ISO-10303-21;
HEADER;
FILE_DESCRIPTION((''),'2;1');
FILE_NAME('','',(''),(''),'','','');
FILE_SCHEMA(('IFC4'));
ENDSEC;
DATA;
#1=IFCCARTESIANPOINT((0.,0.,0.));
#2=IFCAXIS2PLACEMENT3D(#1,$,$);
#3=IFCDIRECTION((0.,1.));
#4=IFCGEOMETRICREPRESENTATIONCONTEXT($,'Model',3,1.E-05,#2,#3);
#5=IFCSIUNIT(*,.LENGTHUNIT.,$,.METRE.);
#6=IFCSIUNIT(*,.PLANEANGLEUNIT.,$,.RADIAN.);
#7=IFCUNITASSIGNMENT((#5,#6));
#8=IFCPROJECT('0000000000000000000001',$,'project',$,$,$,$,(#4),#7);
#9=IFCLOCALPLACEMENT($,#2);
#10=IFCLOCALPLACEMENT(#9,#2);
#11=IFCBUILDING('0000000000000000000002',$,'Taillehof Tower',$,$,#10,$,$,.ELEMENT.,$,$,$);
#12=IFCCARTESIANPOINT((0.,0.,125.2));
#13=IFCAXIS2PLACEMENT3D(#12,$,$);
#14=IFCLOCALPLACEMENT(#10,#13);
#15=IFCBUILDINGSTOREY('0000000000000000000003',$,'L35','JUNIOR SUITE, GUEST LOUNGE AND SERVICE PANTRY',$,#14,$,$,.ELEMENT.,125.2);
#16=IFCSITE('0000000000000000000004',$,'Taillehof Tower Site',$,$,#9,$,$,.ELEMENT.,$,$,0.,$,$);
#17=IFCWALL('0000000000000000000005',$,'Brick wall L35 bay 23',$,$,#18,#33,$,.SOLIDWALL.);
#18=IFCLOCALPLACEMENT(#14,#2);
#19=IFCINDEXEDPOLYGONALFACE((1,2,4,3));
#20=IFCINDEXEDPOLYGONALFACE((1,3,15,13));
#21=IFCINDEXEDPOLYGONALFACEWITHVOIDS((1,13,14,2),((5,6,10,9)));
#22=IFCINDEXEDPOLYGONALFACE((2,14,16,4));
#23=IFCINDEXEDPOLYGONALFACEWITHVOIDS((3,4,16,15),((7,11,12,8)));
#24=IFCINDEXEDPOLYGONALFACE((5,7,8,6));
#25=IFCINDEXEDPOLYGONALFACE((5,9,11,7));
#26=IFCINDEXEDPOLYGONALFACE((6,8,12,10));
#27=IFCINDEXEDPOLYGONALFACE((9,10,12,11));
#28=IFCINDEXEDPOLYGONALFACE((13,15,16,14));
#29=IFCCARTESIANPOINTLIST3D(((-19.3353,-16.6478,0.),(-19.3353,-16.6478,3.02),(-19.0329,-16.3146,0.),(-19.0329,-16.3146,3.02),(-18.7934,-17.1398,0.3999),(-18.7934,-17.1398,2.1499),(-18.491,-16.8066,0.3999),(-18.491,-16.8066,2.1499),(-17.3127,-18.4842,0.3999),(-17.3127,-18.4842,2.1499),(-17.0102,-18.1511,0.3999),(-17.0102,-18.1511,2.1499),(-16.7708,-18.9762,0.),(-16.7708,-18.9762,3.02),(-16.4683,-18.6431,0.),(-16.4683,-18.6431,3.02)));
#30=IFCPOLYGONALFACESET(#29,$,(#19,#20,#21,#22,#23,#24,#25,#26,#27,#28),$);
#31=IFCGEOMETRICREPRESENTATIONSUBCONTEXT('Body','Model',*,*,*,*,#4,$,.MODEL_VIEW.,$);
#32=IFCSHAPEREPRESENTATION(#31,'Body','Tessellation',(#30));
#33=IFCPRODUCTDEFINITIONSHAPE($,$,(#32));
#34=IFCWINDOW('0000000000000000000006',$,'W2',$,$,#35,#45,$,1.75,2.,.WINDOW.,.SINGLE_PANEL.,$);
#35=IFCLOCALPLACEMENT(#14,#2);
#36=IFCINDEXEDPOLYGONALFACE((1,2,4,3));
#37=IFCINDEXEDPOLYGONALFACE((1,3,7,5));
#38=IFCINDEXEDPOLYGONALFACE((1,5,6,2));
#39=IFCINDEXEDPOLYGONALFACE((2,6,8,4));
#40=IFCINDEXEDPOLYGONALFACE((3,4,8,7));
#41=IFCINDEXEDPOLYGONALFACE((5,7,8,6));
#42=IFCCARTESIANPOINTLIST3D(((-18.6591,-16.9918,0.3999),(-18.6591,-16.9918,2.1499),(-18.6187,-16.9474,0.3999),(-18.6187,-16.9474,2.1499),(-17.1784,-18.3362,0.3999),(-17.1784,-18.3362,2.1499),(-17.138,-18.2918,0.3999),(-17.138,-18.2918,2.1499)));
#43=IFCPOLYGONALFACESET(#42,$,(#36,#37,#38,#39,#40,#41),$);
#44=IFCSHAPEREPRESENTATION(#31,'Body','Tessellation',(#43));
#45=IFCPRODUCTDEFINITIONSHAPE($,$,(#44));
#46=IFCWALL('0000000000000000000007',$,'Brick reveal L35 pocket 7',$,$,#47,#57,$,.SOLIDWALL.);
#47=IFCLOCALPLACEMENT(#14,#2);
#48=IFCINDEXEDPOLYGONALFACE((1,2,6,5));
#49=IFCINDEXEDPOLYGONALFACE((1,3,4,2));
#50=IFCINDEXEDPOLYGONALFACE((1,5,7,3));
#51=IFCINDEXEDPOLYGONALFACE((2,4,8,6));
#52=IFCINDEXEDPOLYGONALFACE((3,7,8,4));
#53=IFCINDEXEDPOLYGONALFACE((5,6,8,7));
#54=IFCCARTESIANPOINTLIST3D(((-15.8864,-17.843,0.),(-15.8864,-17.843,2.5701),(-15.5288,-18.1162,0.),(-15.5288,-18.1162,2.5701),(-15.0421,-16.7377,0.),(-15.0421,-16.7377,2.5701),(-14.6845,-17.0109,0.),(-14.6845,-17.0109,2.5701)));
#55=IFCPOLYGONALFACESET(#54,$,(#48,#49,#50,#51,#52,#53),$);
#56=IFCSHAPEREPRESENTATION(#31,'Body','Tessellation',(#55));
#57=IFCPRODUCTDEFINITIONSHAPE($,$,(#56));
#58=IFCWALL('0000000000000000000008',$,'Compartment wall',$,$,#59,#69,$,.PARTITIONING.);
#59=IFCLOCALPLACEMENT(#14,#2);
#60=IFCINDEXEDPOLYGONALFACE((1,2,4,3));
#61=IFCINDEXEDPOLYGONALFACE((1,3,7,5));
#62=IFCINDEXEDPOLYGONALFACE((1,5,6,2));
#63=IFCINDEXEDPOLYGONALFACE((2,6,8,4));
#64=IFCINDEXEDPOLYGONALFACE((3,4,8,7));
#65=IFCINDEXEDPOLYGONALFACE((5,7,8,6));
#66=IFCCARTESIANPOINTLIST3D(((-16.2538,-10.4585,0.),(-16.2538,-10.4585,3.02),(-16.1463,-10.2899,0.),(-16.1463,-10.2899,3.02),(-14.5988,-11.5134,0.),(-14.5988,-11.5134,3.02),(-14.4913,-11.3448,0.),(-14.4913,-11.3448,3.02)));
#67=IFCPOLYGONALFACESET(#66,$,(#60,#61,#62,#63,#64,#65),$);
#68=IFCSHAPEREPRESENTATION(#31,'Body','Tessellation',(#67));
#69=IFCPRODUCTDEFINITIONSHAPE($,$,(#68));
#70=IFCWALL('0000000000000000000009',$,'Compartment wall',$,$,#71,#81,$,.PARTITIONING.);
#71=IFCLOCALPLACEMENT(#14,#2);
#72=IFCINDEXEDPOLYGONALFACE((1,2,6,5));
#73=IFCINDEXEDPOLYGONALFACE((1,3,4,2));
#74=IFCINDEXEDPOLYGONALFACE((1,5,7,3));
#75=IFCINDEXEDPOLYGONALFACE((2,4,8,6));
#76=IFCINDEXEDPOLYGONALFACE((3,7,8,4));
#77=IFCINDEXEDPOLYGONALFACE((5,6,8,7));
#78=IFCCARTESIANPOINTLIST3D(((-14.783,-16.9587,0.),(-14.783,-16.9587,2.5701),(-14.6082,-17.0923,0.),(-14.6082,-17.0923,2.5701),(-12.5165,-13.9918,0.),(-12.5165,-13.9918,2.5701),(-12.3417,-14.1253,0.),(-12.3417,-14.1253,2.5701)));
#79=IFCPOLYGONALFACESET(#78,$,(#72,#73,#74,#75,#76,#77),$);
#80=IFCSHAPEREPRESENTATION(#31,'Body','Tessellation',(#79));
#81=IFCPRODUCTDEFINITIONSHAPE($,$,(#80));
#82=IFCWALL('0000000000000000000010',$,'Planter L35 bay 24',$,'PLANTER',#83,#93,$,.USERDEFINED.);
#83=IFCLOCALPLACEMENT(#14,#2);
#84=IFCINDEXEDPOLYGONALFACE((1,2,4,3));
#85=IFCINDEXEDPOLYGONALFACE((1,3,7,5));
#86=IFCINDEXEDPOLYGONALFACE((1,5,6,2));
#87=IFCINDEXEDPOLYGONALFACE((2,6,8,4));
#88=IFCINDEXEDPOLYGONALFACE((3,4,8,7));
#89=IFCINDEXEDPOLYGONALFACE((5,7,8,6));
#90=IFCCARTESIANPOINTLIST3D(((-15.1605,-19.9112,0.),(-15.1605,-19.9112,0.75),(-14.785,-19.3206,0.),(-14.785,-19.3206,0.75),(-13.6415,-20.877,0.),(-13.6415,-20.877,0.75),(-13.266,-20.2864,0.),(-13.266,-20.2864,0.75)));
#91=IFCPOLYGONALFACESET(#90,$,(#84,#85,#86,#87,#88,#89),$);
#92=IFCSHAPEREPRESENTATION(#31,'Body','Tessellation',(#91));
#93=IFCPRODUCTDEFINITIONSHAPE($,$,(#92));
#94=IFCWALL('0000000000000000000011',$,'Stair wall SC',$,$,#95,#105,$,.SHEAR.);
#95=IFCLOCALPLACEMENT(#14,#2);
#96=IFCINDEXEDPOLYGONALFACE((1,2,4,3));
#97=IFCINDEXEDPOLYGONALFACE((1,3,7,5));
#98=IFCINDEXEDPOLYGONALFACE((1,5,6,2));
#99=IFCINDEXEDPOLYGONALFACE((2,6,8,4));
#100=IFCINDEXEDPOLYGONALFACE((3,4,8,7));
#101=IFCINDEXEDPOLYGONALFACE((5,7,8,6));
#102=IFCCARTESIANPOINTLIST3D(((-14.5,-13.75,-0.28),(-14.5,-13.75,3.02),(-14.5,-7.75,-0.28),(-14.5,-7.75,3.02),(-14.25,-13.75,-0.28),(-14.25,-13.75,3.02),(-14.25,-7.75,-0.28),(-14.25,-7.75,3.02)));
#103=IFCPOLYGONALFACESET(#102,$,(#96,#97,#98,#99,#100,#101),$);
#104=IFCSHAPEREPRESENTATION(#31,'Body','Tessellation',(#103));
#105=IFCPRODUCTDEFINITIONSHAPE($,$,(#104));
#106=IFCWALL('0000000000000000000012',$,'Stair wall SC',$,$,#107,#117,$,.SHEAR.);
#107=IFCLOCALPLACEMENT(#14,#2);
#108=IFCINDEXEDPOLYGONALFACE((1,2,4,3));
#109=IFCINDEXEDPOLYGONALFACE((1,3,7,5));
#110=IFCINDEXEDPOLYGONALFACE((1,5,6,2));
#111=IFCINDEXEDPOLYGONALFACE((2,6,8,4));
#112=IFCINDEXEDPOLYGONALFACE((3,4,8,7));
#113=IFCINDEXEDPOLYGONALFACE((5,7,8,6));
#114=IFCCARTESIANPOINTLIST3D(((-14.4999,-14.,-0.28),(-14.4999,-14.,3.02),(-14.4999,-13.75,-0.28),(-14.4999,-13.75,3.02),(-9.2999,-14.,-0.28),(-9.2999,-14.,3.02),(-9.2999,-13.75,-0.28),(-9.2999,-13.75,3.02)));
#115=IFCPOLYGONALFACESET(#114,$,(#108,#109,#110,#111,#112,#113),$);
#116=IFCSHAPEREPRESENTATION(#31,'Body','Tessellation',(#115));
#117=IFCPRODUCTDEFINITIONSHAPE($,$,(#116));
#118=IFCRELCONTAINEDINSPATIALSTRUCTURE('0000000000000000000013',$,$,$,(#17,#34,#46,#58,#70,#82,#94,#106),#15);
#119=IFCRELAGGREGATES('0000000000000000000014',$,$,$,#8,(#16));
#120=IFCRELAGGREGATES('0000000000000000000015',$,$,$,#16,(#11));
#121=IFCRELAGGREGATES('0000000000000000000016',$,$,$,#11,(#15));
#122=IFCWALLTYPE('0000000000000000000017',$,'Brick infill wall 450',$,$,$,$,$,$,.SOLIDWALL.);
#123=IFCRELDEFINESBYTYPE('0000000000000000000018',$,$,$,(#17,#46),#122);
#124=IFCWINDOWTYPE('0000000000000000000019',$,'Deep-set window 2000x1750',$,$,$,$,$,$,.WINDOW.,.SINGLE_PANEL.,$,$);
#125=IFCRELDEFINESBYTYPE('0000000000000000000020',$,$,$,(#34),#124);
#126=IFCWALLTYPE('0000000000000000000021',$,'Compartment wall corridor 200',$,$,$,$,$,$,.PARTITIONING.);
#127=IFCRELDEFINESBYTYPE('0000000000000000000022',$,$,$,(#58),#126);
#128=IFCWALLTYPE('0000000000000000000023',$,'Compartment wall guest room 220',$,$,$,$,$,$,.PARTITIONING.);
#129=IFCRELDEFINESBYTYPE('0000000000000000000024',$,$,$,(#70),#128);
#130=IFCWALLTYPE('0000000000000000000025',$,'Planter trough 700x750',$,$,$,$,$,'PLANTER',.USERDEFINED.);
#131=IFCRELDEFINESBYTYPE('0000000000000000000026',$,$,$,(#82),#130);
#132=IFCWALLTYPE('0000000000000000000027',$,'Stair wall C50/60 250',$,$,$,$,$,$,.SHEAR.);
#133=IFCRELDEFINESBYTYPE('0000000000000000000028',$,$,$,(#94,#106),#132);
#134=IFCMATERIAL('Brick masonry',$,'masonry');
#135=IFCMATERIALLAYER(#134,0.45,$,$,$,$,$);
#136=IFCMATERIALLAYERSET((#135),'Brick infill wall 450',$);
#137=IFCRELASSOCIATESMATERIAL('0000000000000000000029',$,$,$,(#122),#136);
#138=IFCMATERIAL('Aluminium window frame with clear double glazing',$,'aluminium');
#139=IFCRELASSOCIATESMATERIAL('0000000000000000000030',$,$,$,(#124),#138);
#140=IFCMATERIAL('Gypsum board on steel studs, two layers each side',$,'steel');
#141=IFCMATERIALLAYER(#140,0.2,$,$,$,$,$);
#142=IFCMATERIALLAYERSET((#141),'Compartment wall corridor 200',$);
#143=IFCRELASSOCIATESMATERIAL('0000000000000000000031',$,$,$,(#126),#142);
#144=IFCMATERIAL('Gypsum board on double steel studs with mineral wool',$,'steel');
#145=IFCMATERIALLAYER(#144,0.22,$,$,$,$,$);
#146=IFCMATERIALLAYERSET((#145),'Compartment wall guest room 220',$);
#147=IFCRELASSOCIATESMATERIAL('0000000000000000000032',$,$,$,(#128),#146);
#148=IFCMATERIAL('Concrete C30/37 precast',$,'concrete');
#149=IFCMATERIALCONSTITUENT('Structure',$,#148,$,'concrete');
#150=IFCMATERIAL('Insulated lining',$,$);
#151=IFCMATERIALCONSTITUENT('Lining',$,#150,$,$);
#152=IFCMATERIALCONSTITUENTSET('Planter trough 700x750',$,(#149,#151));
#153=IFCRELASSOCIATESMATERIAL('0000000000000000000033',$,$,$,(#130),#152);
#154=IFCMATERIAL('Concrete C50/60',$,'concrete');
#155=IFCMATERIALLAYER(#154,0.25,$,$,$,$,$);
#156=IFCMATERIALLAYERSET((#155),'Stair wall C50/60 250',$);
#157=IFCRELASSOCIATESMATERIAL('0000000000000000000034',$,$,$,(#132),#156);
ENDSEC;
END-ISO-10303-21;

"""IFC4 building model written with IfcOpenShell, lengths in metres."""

from ifc_helpers import new_model, si_unit, direction, frame, frame_2d, origin, place, context, subcontext, project, spatial, rectangle, extrude, material, layer, layer_set, constituent, constituent_set, type_object, element, fill, save


model = new_model("IFC4")

# Units and contexts
model_context = context("Model", 3, precision=1e-05, world=origin(), true_north=direction((0.0, 1.0)))
body_context = subcontext(model_context, "Body", "Model", "MODEL_VIEW")
ifc_project = project(units=[si_unit("LENGTHUNIT", "METRE"), si_unit("PLANEANGLEUNIT", "RADIAN")], contexts=[model_context])

# Site, building, storey
site_placement = place(None, origin())
site = spatial("IfcSite", under=ifc_project, at=site_placement, Name="Taillehof Tower Site", CompositionType="ELEMENT", RefElevation=0.0)
building_placement = place(site_placement, origin())
building = spatial("IfcBuilding", under=site, at=building_placement, Name="Taillehof Tower", CompositionType="ELEMENT")
storey_placement = place(building_placement, frame((0.0, 0.0, 125.2)))
storey = spatial("IfcBuildingStorey", under=building, at=storey_placement, Name="L35", Description="JUNIOR SUITE, GUEST LOUNGE AND SERVICE PANTRY", CompositionType="ELEMENT", Elevation=125.2)

# Wall, opening, window
ifc_material_1 = material(Name="Brick masonry", Category="masonry")
ifc_layer_1 = layer(ifc_material_1, 0.45)
ifc_layer_set_1 = layer_set([ifc_layer_1], Name="Brick infill wall 450")
wall_type_1 = type_object("IfcWallType", Name="Brick infill wall 450", PredefinedType="SOLIDWALL", material=ifc_layer_set_1)
ifc_material_2 = material(Name="Aluminium window frame with clear double glazing", Category="aluminium")
window_type_1 = type_object("IfcWindowType", Name="Deep-set window 2000x1750", PartitioningType="SINGLE_PANEL", PredefinedType="WINDOW", material=ifc_material_2)
wall_1_placement = place(storey_placement, frame((-19.1841, -16.4812, 0.0), z_axis=(0.0, 0.0, 1.0), x_axis=(0.740364, -0.672206, 0.0)))
wall_1 = element("IfcWall", 1, at=wall_1_placement, inside=storey, type_object=wall_type_1, Name="Brick wall L35 bay 23", PredefinedType="SOLIDWALL", context=body_context, shape_type="SweptSolid", body=[
    extrude(rectangle(XDim=3.4639, YDim=0.45, at=frame_2d((1.7319, 0.0))), origin(), (0.0, 0.0, 1.0), 3.02),
])
opening_1_placement = place(wall_1_placement, frame((0.7319, 0.0, 0.3999)))
opening_1 = element("IfcOpeningElement", 2, at=opening_1_placement, cuts=wall_1, PredefinedType="OPENING", context=body_context, shape_type="SweptSolid", body=[
    extrude(rectangle(XDim=2.0, YDim=1.75, at=frame_2d((1.0, 0.875))), frame((0.0, 0.2349, 0.0), z_axis=(0.0, -1.0, 0.0), x_axis=(1.0, 0.0, 0.0)), (0.0, 0.0, 1.0), 0.47),
])
window_1_placement = place(opening_1_placement, origin())
window_1 = element("IfcWindow", 3, at=window_1_placement, inside=storey, type_object=window_type_1, Name="W2", OverallHeight=1.75, OverallWidth=2.0, PartitioningType="SINGLE_PANEL", PredefinedType="WINDOW", context=body_context, shape_type="SweptSolid", body=[
    extrude(rectangle(XDim=2.0, YDim=1.75, at=frame_2d((1.0, 0.875))), frame((0.0, 0.0349, 0.0), z_axis=(0.0, -1.0, 0.0), x_axis=(1.0, 0.0, 0.0)), (0.0, 0.0, 1.0), 0.0601),
])
fill(opening_1, window_1)

# Wall
wall_2_placement = place(storey_placement, frame((-15.7075, -17.9795, 0.0), z_axis=(0.0, 0.0, 1.0), x_axis=(0.607026, 0.794682, 0.0)))
element("IfcWall", 4, at=wall_2_placement, inside=storey, type_object=wall_type_1, Name="Brick reveal L35 pocket 7", PredefinedType="SOLIDWALL", context=body_context, shape_type="SweptSolid", body=[
    extrude(rectangle(XDim=1.3909, YDim=0.45, at=frame_2d((0.6953, 0.0))), origin(), (0.0, 0.0, 1.0), 2.5701),
])

# Walls
ifc_material_3 = material(Name="Gypsum board on steel studs, two layers each side", Category="steel")
ifc_layer_2 = layer(ifc_material_3, 0.2)
ifc_layer_set_2 = layer_set([ifc_layer_2], Name="Compartment wall corridor 200")
wall_type_2 = type_object("IfcWallType", Name="Compartment wall corridor 200", PredefinedType="PARTITIONING", material=ifc_layer_set_2)
wall_3_placement = place(storey_placement, frame((-14.5449, -11.4292, 0.0), z_axis=(0.0, 0.0, 1.0), x_axis=(-0.843262, 0.537503, 0.0)))
element("IfcWall", 5, at=wall_3_placement, inside=storey, type_object=wall_type_2, Name="Compartment wall", PredefinedType="PARTITIONING", context=body_context, shape_type="SweptSolid", body=[
    extrude(rectangle(XDim=1.9626, YDim=0.2, at=frame_2d((0.9814, 0.0))), origin(), (0.0, 0.0, 1.0), 3.02),
])
ifc_material_4 = material(Name="Gypsum board on double steel studs with mineral wool", Category="steel")
ifc_layer_3 = layer(ifc_material_4, 0.22)
ifc_layer_set_3 = layer_set([ifc_layer_3], Name="Compartment wall guest room 220")
wall_type_3 = type_object("IfcWallType", Name="Compartment wall guest room 220", PredefinedType="PARTITIONING", material=ifc_layer_set_3)
wall_4_placement = place(storey_placement, frame((-14.6956, -17.0254, 0.0), z_axis=(0.0, 0.0, 1.0), x_axis=(0.607059, 0.794657, 0.0)))
element("IfcWall", 6, at=wall_4_placement, inside=storey, type_object=wall_type_3, Name="Compartment wall", PredefinedType="PARTITIONING", context=body_context, shape_type="SweptSolid", body=[
    extrude(rectangle(XDim=3.7336, YDim=0.22, at=frame_2d((1.8667, 0.0))), origin(), (0.0, 0.0, 1.0), 2.5701),
])
ifc_material_5 = material(Name="Concrete C30/37 precast", Category="concrete")
ifc_constituent_1 = constituent(ifc_material_5, Name="Structure", Category="concrete")
ifc_material_6 = material(Name="Insulated lining")
ifc_constituent_2 = constituent(ifc_material_6, Name="Lining")
ifc_constituent_set = constituent_set(constituents=[ifc_constituent_1, ifc_constituent_2], Name="Planter trough 700x750")
wall_type_4 = type_object("IfcWallType", Name="Planter trough 700x750", ElementType="PLANTER", PredefinedType="USERDEFINED", material=ifc_constituent_set)
wall_5_placement = place(storey_placement, frame((-14.9727, -19.616, 0.0), z_axis=(0.0, 0.0, 1.0), x_axis=(0.843874, -0.536542, 0.0)))
element("IfcWall", 7, at=wall_5_placement, inside=storey, type_object=wall_type_4, Name="Planter L35 bay 24", ObjectType="PLANTER", PredefinedType="USERDEFINED", context=body_context, shape_type="SweptSolid", body=[
    extrude(rectangle(XDim=1.8, YDim=0.7, at=frame_2d((0.8999, 0.0))), origin(), (0.0, 0.0, 1.0), 0.75),
])
ifc_material_7 = material(Name="Concrete C50/60", Category="concrete")
ifc_layer_4 = layer(ifc_material_7, 0.25)
ifc_layer_set_4 = layer_set([ifc_layer_4], Name="Stair wall C50/60 250")
wall_type_5 = type_object("IfcWallType", Name="Stair wall C50/60 250", PredefinedType="SHEAR", material=ifc_layer_set_4)
wall_6_placement = place(storey_placement, frame((-14.375, -13.75, -0.28), z_axis=(0.0, 0.0, 1.0), x_axis=(0.0, 1.0, 0.0)))
element("IfcWall", 8, at=wall_6_placement, inside=storey, type_object=wall_type_5, Name="Stair wall SC", PredefinedType="SHEAR", context=body_context, shape_type="SweptSolid", body=[
    extrude(rectangle(XDim=6.0, YDim=0.25, at=frame_2d((3.0, 0.0))), origin(), (0.0, 0.0, 1.0), 3.3),
])
wall_7_placement = place(storey_placement, frame((-14.5, -13.875, -0.28), z_axis=(0.0, 0.0, 1.0), x_axis=(1.0, 0.0, 0.0)))
element("IfcWall", 9, at=wall_7_placement, inside=storey, type_object=wall_type_5, Name="Stair wall SC", PredefinedType="SHEAR", context=body_context, shape_type="SweptSolid", body=[
    extrude(rectangle(XDim=5.2, YDim=0.25, at=frame_2d((2.6001, 0.0))), origin(), (0.0, 0.0, 1.0), 3.3),
])

save(model, "model.ifc")
